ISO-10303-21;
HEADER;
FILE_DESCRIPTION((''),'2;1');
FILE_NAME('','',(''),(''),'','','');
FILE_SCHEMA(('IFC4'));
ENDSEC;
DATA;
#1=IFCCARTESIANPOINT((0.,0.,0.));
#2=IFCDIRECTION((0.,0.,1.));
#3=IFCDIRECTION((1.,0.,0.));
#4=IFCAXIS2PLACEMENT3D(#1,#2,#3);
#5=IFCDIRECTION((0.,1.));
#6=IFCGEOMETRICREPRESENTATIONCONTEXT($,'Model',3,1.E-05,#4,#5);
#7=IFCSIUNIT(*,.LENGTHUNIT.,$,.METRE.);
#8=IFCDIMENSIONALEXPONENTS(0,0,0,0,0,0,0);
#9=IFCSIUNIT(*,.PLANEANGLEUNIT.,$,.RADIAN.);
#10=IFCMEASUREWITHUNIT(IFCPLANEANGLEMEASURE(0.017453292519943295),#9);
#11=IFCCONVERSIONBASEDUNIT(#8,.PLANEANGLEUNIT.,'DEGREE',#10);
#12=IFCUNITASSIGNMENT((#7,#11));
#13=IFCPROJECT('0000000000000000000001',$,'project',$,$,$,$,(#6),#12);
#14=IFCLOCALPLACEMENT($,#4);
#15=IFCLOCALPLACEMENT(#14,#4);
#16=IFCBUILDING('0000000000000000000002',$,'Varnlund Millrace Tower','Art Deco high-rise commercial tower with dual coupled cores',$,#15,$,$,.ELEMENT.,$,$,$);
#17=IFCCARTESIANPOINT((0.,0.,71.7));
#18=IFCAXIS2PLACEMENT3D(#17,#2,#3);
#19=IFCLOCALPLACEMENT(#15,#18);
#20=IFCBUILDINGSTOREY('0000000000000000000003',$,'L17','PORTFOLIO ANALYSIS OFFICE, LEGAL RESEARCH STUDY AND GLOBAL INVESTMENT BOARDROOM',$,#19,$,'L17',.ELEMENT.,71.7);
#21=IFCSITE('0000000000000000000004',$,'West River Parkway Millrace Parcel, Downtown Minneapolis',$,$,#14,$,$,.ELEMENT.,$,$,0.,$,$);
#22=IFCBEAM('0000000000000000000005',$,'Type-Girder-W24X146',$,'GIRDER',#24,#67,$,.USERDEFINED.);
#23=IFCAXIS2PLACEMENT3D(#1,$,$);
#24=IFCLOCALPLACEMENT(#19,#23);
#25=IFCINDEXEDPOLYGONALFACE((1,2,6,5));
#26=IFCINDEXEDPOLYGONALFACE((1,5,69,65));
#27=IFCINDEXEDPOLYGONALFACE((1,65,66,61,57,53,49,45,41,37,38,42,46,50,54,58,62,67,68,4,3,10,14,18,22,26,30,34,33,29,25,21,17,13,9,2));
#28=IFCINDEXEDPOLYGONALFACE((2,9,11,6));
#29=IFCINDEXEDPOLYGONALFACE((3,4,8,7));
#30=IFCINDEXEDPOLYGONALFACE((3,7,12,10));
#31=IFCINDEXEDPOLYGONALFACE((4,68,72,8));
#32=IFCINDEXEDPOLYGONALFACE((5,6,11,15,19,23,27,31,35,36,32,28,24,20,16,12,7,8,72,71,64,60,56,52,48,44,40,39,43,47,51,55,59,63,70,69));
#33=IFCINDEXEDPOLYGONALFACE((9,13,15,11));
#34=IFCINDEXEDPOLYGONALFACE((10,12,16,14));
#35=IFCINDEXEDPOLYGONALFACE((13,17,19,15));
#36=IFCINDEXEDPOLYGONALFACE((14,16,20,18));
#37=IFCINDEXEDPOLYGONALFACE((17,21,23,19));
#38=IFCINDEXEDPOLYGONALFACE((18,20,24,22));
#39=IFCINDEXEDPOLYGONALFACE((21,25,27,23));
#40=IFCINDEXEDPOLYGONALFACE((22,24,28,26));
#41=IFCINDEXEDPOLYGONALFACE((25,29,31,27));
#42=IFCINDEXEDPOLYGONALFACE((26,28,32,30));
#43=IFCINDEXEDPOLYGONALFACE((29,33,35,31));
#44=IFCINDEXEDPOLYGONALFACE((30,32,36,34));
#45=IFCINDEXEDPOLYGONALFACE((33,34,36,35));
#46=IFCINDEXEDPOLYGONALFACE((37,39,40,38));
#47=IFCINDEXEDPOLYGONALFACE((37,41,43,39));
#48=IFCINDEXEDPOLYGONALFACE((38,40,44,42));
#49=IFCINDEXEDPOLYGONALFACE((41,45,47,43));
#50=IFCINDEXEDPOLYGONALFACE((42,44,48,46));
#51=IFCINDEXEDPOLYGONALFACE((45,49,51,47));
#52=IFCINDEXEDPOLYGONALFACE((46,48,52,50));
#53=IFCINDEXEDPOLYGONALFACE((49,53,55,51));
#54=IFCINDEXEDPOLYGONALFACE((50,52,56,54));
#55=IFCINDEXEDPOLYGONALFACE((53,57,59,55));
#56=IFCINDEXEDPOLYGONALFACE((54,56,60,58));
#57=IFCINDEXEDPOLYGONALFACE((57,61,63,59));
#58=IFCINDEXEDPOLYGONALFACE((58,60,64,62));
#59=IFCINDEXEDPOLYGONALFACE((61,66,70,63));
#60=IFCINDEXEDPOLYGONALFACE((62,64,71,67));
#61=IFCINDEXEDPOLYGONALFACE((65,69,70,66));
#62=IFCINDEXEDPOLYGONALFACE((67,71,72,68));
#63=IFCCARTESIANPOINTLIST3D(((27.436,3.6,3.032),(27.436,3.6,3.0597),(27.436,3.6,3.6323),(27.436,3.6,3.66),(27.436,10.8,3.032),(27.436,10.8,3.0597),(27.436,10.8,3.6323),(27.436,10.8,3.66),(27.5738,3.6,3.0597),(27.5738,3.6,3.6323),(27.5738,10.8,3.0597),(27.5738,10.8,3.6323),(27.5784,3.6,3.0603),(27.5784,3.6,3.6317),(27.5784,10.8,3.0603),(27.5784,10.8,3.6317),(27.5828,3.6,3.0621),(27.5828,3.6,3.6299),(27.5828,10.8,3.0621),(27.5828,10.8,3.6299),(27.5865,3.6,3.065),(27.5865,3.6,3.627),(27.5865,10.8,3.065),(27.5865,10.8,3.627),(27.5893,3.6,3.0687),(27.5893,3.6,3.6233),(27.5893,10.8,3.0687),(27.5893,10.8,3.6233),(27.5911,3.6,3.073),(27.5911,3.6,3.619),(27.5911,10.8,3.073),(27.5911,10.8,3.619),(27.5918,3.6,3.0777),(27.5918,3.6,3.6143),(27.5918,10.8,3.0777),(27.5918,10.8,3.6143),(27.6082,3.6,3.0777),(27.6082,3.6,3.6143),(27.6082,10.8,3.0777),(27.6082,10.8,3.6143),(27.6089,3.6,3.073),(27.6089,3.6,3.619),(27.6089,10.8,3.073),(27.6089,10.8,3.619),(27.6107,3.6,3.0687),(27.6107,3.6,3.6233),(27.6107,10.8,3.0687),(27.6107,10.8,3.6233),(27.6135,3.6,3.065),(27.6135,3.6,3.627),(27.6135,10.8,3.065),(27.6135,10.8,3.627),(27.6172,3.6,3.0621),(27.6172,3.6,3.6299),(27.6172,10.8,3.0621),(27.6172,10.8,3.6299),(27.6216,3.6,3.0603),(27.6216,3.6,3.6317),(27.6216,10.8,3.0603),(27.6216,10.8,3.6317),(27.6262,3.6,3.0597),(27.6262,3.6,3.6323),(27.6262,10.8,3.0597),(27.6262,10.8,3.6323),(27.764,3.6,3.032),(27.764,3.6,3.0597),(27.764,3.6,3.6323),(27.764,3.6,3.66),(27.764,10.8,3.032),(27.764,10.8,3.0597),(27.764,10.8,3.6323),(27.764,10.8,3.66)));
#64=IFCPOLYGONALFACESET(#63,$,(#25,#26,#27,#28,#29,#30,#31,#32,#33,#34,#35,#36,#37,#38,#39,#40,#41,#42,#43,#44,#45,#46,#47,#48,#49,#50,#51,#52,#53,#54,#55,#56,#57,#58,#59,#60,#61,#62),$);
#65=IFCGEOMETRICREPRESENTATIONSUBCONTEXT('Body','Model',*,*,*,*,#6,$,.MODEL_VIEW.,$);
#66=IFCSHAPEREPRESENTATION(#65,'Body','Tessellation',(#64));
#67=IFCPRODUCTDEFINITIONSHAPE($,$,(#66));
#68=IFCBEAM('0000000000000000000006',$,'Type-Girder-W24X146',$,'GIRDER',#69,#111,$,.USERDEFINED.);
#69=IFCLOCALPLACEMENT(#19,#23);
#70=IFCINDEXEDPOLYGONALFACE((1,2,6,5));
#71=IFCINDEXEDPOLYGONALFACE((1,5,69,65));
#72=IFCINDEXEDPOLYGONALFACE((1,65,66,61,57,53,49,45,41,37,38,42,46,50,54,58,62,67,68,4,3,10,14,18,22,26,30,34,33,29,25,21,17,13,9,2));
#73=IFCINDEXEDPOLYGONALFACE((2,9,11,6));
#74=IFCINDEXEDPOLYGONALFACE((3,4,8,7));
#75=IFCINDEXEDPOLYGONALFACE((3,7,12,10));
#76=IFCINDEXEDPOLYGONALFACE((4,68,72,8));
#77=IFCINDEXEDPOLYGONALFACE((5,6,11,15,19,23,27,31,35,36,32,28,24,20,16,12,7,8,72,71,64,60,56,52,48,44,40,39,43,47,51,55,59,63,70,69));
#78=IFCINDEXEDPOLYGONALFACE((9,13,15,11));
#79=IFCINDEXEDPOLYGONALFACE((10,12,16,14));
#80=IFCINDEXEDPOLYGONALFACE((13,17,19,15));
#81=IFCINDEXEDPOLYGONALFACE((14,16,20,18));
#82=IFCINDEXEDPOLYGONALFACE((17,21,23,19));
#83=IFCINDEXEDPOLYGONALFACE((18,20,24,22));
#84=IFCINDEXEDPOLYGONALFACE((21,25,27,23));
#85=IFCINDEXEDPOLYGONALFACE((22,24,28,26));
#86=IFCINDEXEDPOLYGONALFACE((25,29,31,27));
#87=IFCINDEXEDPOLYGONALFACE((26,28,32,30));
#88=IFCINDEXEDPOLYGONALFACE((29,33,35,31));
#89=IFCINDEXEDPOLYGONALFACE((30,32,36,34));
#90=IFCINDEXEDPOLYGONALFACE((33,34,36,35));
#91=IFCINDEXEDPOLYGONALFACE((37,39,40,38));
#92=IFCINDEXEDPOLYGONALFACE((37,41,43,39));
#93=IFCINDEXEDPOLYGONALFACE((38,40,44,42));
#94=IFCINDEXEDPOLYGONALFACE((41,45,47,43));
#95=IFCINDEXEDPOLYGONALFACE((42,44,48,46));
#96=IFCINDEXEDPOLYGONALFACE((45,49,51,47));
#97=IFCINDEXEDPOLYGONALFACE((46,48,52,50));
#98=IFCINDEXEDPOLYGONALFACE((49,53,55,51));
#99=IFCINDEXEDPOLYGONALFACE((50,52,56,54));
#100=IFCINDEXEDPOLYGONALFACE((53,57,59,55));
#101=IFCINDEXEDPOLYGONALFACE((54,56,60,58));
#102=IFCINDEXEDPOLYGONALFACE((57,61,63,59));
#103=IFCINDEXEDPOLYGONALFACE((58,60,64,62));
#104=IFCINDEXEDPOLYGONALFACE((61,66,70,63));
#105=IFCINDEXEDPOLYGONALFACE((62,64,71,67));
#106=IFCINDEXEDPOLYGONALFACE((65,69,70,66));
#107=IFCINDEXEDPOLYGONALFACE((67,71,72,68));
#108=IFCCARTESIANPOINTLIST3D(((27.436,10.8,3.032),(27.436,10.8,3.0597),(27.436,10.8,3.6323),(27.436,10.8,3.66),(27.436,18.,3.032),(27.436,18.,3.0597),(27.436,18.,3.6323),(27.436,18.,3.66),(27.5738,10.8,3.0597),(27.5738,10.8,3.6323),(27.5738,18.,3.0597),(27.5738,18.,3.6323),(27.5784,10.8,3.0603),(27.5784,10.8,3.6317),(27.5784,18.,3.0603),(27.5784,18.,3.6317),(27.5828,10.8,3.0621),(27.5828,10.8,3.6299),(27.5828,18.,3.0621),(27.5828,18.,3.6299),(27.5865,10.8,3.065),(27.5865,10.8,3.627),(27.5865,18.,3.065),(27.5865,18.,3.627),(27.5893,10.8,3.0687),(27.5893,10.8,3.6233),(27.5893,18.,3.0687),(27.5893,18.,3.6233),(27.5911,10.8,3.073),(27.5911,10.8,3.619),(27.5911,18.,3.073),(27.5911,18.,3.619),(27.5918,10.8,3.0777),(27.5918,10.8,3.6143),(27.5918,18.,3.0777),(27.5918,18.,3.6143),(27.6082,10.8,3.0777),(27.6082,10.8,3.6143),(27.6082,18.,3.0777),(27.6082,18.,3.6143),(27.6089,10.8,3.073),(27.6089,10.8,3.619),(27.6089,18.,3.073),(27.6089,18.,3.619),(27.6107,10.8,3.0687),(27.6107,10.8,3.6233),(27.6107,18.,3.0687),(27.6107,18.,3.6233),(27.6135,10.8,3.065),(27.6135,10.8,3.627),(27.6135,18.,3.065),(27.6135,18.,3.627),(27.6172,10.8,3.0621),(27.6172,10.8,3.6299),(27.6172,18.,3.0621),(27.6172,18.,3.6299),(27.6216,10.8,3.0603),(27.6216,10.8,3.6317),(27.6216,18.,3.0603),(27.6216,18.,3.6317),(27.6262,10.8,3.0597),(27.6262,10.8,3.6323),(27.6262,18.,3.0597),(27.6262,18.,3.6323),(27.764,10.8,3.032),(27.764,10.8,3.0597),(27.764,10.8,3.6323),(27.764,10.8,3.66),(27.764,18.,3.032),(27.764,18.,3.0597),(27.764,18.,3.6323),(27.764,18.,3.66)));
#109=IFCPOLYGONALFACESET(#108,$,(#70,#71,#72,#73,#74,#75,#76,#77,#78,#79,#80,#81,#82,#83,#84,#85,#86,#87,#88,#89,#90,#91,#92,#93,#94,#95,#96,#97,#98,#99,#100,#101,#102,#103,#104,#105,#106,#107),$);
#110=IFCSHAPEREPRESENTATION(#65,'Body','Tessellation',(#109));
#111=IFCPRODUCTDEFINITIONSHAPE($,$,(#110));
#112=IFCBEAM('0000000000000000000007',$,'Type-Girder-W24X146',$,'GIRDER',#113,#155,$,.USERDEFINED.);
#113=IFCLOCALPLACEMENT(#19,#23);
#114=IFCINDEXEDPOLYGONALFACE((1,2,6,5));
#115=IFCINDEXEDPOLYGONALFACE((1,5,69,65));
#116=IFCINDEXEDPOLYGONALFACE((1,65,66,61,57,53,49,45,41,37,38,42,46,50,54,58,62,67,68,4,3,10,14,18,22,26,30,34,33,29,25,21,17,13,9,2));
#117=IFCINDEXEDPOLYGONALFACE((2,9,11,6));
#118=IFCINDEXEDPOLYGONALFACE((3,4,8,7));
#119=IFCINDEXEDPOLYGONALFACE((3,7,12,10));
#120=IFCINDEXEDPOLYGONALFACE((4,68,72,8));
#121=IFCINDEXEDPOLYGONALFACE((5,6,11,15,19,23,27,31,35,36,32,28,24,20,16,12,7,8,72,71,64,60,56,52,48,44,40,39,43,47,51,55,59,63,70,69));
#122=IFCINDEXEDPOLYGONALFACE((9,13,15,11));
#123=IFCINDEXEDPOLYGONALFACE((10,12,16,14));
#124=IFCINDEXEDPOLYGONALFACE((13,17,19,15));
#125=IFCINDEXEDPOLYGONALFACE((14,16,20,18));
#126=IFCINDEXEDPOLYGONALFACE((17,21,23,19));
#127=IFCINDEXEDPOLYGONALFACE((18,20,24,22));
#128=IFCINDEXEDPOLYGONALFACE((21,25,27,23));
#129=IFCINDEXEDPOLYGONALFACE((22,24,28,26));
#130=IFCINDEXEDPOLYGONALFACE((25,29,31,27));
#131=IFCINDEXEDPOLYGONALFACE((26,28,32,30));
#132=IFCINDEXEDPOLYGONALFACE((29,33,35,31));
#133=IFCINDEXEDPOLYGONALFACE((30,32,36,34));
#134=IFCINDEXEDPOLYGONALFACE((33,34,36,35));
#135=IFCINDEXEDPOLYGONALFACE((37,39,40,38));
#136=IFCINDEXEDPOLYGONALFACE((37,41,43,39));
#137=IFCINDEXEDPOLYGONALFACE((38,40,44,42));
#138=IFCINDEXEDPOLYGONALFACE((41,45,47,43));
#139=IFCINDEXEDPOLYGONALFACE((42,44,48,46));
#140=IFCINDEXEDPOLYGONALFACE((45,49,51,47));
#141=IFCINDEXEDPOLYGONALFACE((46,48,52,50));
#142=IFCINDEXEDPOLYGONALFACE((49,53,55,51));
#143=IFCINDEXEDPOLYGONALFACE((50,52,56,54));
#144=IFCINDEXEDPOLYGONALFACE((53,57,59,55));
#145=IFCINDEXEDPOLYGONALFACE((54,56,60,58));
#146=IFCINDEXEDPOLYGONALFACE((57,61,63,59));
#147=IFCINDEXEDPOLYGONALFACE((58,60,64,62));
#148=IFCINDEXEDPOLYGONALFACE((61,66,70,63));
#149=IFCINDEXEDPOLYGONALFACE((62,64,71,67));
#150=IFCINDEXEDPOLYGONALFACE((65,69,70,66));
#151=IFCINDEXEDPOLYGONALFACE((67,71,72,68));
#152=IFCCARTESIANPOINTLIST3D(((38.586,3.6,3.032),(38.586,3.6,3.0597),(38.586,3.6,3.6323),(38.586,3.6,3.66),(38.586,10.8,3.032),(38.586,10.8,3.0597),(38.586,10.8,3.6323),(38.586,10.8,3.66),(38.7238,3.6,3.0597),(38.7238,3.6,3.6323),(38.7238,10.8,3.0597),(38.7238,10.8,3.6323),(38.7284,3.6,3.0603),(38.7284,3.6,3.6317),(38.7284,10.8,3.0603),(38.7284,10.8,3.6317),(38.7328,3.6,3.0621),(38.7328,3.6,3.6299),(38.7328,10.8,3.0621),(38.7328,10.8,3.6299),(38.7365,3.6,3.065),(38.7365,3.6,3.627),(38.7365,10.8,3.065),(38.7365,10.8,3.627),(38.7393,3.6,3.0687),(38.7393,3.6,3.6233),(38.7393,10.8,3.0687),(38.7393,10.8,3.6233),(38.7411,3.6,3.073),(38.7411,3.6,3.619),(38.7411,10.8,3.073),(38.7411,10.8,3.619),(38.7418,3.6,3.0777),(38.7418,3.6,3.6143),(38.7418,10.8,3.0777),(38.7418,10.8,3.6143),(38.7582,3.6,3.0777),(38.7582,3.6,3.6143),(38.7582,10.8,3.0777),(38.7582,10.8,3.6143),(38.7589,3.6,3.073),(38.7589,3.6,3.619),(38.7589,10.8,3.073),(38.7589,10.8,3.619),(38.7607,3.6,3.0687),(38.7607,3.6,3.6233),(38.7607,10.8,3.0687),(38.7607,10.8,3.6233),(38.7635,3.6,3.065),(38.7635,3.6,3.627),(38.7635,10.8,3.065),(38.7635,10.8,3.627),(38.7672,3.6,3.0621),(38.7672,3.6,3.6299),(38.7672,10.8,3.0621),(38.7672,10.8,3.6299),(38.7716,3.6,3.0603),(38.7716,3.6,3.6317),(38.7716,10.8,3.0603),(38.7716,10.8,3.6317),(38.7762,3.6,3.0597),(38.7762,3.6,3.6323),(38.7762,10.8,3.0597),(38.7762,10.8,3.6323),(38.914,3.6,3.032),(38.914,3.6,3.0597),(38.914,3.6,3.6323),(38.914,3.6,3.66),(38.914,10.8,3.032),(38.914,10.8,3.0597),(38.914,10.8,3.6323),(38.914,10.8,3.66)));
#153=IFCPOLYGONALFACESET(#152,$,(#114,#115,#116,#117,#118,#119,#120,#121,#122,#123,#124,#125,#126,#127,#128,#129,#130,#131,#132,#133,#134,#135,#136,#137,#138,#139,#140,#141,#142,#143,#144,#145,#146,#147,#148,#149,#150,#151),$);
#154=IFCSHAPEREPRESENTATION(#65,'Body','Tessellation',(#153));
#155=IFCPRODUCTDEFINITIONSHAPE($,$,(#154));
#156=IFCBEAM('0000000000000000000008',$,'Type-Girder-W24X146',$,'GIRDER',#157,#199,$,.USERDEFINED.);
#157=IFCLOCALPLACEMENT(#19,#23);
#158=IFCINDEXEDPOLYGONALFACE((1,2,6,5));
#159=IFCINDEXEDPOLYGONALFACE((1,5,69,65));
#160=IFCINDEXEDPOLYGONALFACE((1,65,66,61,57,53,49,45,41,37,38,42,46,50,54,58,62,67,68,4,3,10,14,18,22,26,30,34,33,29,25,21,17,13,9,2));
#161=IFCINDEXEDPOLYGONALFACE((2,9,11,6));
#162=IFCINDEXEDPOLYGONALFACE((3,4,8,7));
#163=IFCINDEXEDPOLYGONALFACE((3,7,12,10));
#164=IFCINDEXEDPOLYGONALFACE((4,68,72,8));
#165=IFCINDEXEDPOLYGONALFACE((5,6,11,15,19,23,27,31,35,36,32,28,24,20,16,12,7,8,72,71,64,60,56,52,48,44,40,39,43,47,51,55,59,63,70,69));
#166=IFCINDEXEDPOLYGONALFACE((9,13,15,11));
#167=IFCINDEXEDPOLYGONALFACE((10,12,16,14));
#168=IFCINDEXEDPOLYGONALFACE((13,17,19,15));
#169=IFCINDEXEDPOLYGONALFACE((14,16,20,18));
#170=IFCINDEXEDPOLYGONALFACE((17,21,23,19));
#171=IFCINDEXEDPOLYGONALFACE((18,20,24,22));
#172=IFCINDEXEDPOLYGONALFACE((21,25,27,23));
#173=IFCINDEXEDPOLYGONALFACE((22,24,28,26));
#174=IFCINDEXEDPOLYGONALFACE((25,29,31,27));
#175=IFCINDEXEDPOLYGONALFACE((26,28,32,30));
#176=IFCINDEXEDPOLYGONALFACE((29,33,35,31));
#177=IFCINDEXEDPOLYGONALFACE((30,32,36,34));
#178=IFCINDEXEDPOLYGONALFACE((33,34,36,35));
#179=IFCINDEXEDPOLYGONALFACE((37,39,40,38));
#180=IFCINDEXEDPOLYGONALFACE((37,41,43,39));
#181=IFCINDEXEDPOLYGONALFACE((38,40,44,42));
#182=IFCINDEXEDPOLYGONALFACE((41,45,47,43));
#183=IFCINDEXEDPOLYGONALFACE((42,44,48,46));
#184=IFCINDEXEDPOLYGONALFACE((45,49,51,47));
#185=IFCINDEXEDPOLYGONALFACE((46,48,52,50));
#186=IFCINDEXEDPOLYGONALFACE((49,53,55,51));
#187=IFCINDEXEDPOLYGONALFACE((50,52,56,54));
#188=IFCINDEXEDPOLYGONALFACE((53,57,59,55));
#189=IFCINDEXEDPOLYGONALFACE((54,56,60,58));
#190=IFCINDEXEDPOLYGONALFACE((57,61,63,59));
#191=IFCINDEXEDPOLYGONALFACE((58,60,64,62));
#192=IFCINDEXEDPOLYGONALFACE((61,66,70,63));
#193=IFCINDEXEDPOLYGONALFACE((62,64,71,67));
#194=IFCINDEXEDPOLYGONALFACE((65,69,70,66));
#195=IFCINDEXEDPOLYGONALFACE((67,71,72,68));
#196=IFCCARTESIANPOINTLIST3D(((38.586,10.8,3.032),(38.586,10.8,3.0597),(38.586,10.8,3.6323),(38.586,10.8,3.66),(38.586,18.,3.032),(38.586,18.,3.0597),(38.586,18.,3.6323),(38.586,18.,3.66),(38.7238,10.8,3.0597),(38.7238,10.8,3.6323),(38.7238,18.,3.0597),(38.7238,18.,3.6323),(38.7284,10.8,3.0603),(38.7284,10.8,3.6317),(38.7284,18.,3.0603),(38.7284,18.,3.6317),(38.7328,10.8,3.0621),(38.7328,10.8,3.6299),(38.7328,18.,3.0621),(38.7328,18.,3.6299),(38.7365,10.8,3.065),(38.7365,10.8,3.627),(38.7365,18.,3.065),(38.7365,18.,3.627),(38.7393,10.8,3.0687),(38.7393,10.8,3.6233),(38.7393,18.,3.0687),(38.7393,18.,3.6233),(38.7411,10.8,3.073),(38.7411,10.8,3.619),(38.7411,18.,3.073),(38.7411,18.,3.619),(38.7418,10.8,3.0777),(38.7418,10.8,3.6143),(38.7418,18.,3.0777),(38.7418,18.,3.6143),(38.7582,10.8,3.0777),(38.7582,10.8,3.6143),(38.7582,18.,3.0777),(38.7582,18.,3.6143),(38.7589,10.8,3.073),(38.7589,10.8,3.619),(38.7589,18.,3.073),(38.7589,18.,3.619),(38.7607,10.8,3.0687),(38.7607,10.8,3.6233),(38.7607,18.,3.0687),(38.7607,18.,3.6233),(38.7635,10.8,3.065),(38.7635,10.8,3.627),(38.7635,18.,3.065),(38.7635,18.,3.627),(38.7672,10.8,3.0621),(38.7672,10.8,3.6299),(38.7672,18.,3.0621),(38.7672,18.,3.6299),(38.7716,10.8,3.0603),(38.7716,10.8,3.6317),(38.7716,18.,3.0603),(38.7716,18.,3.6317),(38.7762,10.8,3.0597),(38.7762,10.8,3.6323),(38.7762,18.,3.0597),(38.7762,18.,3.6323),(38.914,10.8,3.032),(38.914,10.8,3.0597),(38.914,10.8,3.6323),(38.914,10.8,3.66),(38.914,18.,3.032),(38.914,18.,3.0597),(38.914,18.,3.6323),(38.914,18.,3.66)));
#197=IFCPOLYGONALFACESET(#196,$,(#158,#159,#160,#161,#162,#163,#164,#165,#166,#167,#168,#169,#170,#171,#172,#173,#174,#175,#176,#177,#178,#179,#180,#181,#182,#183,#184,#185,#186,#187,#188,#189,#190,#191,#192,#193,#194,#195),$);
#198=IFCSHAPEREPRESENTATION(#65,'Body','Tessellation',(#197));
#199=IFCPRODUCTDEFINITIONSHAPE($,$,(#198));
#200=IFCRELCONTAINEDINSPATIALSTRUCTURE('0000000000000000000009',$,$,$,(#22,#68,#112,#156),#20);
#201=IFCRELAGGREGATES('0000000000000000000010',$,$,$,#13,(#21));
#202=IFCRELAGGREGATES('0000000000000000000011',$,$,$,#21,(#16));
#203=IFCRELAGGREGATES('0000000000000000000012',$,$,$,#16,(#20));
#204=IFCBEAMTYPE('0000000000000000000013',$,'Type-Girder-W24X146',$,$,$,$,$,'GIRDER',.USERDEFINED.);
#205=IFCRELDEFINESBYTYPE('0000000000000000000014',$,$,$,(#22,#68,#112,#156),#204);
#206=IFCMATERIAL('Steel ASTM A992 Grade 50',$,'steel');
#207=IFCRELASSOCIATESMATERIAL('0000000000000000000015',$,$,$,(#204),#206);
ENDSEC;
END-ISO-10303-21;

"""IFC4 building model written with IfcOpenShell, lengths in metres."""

from ifc_helpers import new_model, entity, si_unit, converted_unit, direction, frame, origin_with_axes, origin_2d_with_axis, place, context, subcontext, project, spatial, i_section, extrude, material, material_profile, profile_set, type_object, element, save


model = new_model("IFC4")

# Units and contexts
model_context = context("Model", 3, precision=1e-05, world=origin_with_axes(), true_north=direction((0.0, 1.0)))
body_context = subcontext(model_context, "Body", "Model", "MODEL_VIEW")
ifc_project = project(units=[si_unit("LENGTHUNIT", "METRE"), converted_unit("PLANEANGLEUNIT", "DEGREE", entity("IfcPlaneAngleMeasure", 0.017453292519943295), si_unit("PLANEANGLEUNIT", "RADIAN"), dimensions=[0, 0, 0, 0, 0, 0, 0])], contexts=[model_context])

# Site, building, storey
site_placement = place(None, origin_with_axes())
site = spatial("IfcSite", under=ifc_project, at=site_placement, Name="West River Parkway Millrace Parcel, Downtown Minneapolis", CompositionType="ELEMENT", RefElevation=0.0)
building_placement = place(site_placement, origin_with_axes())
building = spatial("IfcBuilding", under=site, at=building_placement, Name="Varnlund Millrace Tower", Description="Art Deco high-rise commercial tower with dual coupled cores", CompositionType="ELEMENT")
storey_placement = place(building_placement, frame((0.0, 0.0, 71.7), z_axis=(0.0, 0.0, 1.0), x_axis=(1.0, 0.0, 0.0)))
storey = spatial("IfcBuildingStorey", under=building, at=storey_placement, Name="L17", Description="PORTFOLIO ANALYSIS OFFICE, LEGAL RESEARCH STUDY AND GLOBAL INVESTMENT BOARDROOM", LongName="L17", CompositionType="ELEMENT", Elevation=71.7)

# Beams
ifc_material_1 = material(Name="Steel ASTM A992 Grade 50", Category="steel")
ifc_material_profile_1 = material_profile(ifc_material_1, i_section(OverallWidth=0.328, OverallDepth=0.628, WebThickness=0.0165, FlangeThickness=0.0277, FilletRadius=0.018, at=origin_2d_with_axis()), Name="Steel ASTM A992 Grade 50")
ifc_profile_set_1 = profile_set([ifc_material_profile_1], Name="Steel ASTM A992 Grade 50")
beam_type_1 = type_object("IfcBeamType", Name="Type-Girder-W24X146", ElementType="GIRDER", PredefinedType="USERDEFINED", material=ifc_profile_set_1)
for number, where, z_axis, x_axis, name in (
    (1, (27.6, 3.6, 3.346), (0.0, 1.0, 0.0), (-1.0, 0.0, 0.0), "Type-Girder-W24X146"),
    (2, (27.6, 10.8, 3.346), (0.0, 1.0, 0.0), (-1.0, 0.0, 0.0), "Type-Girder-W24X146"),
    (3, (38.75, 3.6, 3.346), (0.0, 1.0, 0.0), (-1.0, 0.0, 0.0), "Type-Girder-W24X146"),
    (4, (38.75, 10.8, 3.346), (0.0, 1.0, 0.0), (-1.0, 0.0, 0.0), "Type-Girder-W24X146"),
):
    element("IfcBeam", number, at=place(storey_placement, frame(where, z_axis=z_axis, x_axis=x_axis)), inside=storey, type_object=beam_type_1, Name=name, ObjectType="GIRDER", PredefinedType="USERDEFINED", context=body_context, shape_type="SweptSolid", body=[
        extrude(i_section(OverallWidth=0.328, OverallDepth=0.628, WebThickness=0.0165, FlangeThickness=0.0277, FilletRadius=0.018, at=origin_2d_with_axis()), origin_with_axes(), (0.0, 0.0, 1.0), 7.2),
    ])

save(model, "model.ifc")
